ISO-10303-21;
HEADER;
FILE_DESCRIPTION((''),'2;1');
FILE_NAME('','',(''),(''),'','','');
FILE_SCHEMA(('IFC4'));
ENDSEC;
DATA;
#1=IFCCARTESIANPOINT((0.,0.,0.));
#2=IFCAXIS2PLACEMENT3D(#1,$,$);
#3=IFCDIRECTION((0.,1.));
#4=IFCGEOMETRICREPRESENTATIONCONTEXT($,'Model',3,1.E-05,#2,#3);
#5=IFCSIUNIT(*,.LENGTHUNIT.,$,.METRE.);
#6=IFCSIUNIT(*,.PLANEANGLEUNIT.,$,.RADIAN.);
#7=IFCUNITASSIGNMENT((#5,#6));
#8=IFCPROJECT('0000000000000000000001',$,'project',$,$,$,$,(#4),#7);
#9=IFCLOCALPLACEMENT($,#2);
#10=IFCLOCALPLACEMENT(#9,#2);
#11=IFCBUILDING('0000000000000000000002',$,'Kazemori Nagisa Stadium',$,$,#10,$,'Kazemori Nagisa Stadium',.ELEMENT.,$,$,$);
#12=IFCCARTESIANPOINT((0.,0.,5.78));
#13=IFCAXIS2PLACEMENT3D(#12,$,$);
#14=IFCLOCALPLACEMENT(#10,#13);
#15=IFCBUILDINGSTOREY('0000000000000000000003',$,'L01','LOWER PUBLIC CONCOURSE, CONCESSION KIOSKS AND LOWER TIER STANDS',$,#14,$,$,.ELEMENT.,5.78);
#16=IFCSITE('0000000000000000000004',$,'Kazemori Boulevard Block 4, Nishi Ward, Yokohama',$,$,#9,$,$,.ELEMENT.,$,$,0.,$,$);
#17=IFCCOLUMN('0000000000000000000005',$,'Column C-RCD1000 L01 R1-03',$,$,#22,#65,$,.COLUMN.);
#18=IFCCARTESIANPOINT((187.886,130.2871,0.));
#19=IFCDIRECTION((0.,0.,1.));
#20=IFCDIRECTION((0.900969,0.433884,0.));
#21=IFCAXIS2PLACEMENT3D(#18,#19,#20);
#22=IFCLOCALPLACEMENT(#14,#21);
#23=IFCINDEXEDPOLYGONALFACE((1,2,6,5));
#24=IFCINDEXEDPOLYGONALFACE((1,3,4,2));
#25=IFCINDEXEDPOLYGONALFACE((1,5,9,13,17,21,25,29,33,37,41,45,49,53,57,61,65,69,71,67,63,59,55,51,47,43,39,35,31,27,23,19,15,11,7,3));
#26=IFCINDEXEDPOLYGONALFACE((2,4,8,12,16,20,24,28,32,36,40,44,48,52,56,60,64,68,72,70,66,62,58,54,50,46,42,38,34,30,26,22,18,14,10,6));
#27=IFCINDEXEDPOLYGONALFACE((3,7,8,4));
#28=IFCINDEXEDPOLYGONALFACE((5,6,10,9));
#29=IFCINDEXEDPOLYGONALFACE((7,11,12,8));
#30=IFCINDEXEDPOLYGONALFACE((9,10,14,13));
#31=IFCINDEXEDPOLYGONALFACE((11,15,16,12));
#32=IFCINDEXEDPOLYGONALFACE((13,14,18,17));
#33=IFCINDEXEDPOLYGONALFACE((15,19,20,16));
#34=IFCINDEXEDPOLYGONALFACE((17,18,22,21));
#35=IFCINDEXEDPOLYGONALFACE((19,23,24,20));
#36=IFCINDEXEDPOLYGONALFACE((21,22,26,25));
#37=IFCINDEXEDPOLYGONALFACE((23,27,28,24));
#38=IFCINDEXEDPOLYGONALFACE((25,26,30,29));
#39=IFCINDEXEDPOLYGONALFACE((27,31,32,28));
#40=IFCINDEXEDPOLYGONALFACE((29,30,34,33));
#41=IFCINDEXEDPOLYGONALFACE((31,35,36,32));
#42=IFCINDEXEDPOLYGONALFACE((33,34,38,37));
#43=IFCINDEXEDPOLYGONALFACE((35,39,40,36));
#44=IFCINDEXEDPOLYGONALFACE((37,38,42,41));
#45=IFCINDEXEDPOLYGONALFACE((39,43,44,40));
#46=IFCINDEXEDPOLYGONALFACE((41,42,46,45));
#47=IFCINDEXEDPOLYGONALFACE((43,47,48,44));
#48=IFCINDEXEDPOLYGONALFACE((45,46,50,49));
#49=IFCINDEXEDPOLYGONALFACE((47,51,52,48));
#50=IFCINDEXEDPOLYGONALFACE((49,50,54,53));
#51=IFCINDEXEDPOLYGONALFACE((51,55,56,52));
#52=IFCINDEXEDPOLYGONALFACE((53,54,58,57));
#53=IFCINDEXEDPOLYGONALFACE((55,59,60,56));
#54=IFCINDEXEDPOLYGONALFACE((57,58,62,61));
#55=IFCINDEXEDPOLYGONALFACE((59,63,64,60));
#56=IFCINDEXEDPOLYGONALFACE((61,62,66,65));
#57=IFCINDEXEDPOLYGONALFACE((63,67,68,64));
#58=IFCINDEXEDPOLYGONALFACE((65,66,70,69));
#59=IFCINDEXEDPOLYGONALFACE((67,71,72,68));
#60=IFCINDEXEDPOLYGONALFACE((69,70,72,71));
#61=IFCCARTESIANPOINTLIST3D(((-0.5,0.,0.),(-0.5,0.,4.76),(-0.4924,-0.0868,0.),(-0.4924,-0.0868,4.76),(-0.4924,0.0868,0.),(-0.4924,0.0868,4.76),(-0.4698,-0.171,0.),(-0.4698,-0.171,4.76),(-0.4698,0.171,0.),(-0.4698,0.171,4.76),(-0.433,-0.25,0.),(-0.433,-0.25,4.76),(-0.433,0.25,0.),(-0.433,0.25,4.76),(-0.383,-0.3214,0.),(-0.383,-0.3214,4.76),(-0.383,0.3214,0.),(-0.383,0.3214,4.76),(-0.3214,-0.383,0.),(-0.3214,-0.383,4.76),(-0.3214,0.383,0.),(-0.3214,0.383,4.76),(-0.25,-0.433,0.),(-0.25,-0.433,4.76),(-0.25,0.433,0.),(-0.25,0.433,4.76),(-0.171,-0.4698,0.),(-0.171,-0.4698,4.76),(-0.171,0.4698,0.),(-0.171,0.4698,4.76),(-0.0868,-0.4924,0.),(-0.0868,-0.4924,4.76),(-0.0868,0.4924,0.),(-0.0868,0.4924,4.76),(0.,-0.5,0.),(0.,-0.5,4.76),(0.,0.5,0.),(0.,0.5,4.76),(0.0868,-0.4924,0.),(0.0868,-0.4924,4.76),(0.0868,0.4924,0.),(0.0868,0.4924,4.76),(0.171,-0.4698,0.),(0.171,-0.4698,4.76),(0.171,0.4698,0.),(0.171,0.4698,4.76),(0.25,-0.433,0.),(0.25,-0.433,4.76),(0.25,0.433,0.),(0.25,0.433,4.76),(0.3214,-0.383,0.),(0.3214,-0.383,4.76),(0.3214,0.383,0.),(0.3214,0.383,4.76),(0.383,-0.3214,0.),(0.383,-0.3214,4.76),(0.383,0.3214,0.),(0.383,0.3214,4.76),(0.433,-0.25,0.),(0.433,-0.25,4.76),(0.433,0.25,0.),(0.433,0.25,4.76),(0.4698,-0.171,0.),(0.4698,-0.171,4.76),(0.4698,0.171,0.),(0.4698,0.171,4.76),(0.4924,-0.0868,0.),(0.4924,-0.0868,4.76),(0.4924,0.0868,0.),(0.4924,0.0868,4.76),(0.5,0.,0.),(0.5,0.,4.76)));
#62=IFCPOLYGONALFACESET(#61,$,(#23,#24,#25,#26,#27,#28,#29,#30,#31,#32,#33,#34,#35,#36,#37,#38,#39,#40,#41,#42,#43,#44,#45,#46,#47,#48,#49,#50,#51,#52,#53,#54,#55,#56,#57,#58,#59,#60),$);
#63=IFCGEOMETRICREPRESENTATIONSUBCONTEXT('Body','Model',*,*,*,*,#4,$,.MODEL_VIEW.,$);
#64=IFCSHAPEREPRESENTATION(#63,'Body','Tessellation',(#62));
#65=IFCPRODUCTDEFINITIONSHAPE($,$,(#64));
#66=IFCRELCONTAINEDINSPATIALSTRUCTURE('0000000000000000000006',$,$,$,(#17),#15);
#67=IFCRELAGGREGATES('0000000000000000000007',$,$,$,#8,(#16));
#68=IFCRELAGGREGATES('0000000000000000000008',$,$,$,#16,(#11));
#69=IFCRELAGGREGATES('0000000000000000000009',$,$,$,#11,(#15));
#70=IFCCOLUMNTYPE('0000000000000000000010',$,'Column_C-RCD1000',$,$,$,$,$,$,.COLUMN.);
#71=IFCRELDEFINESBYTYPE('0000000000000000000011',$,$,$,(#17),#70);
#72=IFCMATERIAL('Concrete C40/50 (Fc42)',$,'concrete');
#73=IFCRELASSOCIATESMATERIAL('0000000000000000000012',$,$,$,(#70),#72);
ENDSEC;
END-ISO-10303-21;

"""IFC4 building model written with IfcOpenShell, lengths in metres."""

from ifc_helpers import new_model, si_unit, direction, frame, origin, origin_2d, place, context, subcontext, project, spatial, circle, extrude, material, material_profile, profile_set, type_object, element, save


model = new_model("IFC4")

# Units and contexts
model_context = context("Model", 3, precision=1e-05, world=origin(), true_north=direction((0.0, 1.0)))
body_context = subcontext(model_context, "Body", "Model", "MODEL_VIEW")
ifc_project = project(units=[si_unit("LENGTHUNIT", "METRE"), si_unit("PLANEANGLEUNIT", "RADIAN")], contexts=[model_context])

# Site, building, storey
site_placement = place(None, origin())
site = spatial("IfcSite", under=ifc_project, at=site_placement, Name="Kazemori Boulevard Block 4, Nishi Ward, Yokohama", CompositionType="ELEMENT", RefElevation=0.0)
building_placement = place(site_placement, origin())
building = spatial("IfcBuilding", under=site, at=building_placement, Name="Kazemori Nagisa Stadium", LongName="Kazemori Nagisa Stadium", CompositionType="ELEMENT")
storey_placement = place(building_placement, frame((0.0, 0.0, 5.78)))
storey = spatial("IfcBuildingStorey", under=building, at=storey_placement, Name="L01", Description="LOWER PUBLIC CONCOURSE, CONCESSION KIOSKS AND LOWER TIER STANDS", CompositionType="ELEMENT", Elevation=5.78)

# Column
ifc_material_1 = material(Name="Concrete C40/50 (Fc42)", Category="concrete")
ifc_material_profile_1 = material_profile(ifc_material_1, circle(Radius=0.5, at=origin_2d()), Name="RC-COL-D1000")
ifc_profile_set_1 = profile_set([ifc_material_profile_1], Name="Concrete C40/50 (Fc42)")
column_type_1 = type_object("IfcColumnType", Name="Column_C-RCD1000", PredefinedType="COLUMN", material=ifc_profile_set_1)
column_1_placement = place(storey_placement, frame((187.886, 130.2871, 0.0), z_axis=(0.0, 0.0, 1.0), x_axis=(0.900969, 0.433884, 0.0)))
element("IfcColumn", 1, at=column_1_placement, inside=storey, type_object=column_type_1, Name="Column C-RCD1000 L01 R1-03", PredefinedType="COLUMN", context=body_context, shape_type="SweptSolid", body=[
    extrude(circle(Radius=0.5, at=origin_2d()), origin(), (0.0, 0.0, 1.0), 4.76),
])

save(model, "model.ifc")
